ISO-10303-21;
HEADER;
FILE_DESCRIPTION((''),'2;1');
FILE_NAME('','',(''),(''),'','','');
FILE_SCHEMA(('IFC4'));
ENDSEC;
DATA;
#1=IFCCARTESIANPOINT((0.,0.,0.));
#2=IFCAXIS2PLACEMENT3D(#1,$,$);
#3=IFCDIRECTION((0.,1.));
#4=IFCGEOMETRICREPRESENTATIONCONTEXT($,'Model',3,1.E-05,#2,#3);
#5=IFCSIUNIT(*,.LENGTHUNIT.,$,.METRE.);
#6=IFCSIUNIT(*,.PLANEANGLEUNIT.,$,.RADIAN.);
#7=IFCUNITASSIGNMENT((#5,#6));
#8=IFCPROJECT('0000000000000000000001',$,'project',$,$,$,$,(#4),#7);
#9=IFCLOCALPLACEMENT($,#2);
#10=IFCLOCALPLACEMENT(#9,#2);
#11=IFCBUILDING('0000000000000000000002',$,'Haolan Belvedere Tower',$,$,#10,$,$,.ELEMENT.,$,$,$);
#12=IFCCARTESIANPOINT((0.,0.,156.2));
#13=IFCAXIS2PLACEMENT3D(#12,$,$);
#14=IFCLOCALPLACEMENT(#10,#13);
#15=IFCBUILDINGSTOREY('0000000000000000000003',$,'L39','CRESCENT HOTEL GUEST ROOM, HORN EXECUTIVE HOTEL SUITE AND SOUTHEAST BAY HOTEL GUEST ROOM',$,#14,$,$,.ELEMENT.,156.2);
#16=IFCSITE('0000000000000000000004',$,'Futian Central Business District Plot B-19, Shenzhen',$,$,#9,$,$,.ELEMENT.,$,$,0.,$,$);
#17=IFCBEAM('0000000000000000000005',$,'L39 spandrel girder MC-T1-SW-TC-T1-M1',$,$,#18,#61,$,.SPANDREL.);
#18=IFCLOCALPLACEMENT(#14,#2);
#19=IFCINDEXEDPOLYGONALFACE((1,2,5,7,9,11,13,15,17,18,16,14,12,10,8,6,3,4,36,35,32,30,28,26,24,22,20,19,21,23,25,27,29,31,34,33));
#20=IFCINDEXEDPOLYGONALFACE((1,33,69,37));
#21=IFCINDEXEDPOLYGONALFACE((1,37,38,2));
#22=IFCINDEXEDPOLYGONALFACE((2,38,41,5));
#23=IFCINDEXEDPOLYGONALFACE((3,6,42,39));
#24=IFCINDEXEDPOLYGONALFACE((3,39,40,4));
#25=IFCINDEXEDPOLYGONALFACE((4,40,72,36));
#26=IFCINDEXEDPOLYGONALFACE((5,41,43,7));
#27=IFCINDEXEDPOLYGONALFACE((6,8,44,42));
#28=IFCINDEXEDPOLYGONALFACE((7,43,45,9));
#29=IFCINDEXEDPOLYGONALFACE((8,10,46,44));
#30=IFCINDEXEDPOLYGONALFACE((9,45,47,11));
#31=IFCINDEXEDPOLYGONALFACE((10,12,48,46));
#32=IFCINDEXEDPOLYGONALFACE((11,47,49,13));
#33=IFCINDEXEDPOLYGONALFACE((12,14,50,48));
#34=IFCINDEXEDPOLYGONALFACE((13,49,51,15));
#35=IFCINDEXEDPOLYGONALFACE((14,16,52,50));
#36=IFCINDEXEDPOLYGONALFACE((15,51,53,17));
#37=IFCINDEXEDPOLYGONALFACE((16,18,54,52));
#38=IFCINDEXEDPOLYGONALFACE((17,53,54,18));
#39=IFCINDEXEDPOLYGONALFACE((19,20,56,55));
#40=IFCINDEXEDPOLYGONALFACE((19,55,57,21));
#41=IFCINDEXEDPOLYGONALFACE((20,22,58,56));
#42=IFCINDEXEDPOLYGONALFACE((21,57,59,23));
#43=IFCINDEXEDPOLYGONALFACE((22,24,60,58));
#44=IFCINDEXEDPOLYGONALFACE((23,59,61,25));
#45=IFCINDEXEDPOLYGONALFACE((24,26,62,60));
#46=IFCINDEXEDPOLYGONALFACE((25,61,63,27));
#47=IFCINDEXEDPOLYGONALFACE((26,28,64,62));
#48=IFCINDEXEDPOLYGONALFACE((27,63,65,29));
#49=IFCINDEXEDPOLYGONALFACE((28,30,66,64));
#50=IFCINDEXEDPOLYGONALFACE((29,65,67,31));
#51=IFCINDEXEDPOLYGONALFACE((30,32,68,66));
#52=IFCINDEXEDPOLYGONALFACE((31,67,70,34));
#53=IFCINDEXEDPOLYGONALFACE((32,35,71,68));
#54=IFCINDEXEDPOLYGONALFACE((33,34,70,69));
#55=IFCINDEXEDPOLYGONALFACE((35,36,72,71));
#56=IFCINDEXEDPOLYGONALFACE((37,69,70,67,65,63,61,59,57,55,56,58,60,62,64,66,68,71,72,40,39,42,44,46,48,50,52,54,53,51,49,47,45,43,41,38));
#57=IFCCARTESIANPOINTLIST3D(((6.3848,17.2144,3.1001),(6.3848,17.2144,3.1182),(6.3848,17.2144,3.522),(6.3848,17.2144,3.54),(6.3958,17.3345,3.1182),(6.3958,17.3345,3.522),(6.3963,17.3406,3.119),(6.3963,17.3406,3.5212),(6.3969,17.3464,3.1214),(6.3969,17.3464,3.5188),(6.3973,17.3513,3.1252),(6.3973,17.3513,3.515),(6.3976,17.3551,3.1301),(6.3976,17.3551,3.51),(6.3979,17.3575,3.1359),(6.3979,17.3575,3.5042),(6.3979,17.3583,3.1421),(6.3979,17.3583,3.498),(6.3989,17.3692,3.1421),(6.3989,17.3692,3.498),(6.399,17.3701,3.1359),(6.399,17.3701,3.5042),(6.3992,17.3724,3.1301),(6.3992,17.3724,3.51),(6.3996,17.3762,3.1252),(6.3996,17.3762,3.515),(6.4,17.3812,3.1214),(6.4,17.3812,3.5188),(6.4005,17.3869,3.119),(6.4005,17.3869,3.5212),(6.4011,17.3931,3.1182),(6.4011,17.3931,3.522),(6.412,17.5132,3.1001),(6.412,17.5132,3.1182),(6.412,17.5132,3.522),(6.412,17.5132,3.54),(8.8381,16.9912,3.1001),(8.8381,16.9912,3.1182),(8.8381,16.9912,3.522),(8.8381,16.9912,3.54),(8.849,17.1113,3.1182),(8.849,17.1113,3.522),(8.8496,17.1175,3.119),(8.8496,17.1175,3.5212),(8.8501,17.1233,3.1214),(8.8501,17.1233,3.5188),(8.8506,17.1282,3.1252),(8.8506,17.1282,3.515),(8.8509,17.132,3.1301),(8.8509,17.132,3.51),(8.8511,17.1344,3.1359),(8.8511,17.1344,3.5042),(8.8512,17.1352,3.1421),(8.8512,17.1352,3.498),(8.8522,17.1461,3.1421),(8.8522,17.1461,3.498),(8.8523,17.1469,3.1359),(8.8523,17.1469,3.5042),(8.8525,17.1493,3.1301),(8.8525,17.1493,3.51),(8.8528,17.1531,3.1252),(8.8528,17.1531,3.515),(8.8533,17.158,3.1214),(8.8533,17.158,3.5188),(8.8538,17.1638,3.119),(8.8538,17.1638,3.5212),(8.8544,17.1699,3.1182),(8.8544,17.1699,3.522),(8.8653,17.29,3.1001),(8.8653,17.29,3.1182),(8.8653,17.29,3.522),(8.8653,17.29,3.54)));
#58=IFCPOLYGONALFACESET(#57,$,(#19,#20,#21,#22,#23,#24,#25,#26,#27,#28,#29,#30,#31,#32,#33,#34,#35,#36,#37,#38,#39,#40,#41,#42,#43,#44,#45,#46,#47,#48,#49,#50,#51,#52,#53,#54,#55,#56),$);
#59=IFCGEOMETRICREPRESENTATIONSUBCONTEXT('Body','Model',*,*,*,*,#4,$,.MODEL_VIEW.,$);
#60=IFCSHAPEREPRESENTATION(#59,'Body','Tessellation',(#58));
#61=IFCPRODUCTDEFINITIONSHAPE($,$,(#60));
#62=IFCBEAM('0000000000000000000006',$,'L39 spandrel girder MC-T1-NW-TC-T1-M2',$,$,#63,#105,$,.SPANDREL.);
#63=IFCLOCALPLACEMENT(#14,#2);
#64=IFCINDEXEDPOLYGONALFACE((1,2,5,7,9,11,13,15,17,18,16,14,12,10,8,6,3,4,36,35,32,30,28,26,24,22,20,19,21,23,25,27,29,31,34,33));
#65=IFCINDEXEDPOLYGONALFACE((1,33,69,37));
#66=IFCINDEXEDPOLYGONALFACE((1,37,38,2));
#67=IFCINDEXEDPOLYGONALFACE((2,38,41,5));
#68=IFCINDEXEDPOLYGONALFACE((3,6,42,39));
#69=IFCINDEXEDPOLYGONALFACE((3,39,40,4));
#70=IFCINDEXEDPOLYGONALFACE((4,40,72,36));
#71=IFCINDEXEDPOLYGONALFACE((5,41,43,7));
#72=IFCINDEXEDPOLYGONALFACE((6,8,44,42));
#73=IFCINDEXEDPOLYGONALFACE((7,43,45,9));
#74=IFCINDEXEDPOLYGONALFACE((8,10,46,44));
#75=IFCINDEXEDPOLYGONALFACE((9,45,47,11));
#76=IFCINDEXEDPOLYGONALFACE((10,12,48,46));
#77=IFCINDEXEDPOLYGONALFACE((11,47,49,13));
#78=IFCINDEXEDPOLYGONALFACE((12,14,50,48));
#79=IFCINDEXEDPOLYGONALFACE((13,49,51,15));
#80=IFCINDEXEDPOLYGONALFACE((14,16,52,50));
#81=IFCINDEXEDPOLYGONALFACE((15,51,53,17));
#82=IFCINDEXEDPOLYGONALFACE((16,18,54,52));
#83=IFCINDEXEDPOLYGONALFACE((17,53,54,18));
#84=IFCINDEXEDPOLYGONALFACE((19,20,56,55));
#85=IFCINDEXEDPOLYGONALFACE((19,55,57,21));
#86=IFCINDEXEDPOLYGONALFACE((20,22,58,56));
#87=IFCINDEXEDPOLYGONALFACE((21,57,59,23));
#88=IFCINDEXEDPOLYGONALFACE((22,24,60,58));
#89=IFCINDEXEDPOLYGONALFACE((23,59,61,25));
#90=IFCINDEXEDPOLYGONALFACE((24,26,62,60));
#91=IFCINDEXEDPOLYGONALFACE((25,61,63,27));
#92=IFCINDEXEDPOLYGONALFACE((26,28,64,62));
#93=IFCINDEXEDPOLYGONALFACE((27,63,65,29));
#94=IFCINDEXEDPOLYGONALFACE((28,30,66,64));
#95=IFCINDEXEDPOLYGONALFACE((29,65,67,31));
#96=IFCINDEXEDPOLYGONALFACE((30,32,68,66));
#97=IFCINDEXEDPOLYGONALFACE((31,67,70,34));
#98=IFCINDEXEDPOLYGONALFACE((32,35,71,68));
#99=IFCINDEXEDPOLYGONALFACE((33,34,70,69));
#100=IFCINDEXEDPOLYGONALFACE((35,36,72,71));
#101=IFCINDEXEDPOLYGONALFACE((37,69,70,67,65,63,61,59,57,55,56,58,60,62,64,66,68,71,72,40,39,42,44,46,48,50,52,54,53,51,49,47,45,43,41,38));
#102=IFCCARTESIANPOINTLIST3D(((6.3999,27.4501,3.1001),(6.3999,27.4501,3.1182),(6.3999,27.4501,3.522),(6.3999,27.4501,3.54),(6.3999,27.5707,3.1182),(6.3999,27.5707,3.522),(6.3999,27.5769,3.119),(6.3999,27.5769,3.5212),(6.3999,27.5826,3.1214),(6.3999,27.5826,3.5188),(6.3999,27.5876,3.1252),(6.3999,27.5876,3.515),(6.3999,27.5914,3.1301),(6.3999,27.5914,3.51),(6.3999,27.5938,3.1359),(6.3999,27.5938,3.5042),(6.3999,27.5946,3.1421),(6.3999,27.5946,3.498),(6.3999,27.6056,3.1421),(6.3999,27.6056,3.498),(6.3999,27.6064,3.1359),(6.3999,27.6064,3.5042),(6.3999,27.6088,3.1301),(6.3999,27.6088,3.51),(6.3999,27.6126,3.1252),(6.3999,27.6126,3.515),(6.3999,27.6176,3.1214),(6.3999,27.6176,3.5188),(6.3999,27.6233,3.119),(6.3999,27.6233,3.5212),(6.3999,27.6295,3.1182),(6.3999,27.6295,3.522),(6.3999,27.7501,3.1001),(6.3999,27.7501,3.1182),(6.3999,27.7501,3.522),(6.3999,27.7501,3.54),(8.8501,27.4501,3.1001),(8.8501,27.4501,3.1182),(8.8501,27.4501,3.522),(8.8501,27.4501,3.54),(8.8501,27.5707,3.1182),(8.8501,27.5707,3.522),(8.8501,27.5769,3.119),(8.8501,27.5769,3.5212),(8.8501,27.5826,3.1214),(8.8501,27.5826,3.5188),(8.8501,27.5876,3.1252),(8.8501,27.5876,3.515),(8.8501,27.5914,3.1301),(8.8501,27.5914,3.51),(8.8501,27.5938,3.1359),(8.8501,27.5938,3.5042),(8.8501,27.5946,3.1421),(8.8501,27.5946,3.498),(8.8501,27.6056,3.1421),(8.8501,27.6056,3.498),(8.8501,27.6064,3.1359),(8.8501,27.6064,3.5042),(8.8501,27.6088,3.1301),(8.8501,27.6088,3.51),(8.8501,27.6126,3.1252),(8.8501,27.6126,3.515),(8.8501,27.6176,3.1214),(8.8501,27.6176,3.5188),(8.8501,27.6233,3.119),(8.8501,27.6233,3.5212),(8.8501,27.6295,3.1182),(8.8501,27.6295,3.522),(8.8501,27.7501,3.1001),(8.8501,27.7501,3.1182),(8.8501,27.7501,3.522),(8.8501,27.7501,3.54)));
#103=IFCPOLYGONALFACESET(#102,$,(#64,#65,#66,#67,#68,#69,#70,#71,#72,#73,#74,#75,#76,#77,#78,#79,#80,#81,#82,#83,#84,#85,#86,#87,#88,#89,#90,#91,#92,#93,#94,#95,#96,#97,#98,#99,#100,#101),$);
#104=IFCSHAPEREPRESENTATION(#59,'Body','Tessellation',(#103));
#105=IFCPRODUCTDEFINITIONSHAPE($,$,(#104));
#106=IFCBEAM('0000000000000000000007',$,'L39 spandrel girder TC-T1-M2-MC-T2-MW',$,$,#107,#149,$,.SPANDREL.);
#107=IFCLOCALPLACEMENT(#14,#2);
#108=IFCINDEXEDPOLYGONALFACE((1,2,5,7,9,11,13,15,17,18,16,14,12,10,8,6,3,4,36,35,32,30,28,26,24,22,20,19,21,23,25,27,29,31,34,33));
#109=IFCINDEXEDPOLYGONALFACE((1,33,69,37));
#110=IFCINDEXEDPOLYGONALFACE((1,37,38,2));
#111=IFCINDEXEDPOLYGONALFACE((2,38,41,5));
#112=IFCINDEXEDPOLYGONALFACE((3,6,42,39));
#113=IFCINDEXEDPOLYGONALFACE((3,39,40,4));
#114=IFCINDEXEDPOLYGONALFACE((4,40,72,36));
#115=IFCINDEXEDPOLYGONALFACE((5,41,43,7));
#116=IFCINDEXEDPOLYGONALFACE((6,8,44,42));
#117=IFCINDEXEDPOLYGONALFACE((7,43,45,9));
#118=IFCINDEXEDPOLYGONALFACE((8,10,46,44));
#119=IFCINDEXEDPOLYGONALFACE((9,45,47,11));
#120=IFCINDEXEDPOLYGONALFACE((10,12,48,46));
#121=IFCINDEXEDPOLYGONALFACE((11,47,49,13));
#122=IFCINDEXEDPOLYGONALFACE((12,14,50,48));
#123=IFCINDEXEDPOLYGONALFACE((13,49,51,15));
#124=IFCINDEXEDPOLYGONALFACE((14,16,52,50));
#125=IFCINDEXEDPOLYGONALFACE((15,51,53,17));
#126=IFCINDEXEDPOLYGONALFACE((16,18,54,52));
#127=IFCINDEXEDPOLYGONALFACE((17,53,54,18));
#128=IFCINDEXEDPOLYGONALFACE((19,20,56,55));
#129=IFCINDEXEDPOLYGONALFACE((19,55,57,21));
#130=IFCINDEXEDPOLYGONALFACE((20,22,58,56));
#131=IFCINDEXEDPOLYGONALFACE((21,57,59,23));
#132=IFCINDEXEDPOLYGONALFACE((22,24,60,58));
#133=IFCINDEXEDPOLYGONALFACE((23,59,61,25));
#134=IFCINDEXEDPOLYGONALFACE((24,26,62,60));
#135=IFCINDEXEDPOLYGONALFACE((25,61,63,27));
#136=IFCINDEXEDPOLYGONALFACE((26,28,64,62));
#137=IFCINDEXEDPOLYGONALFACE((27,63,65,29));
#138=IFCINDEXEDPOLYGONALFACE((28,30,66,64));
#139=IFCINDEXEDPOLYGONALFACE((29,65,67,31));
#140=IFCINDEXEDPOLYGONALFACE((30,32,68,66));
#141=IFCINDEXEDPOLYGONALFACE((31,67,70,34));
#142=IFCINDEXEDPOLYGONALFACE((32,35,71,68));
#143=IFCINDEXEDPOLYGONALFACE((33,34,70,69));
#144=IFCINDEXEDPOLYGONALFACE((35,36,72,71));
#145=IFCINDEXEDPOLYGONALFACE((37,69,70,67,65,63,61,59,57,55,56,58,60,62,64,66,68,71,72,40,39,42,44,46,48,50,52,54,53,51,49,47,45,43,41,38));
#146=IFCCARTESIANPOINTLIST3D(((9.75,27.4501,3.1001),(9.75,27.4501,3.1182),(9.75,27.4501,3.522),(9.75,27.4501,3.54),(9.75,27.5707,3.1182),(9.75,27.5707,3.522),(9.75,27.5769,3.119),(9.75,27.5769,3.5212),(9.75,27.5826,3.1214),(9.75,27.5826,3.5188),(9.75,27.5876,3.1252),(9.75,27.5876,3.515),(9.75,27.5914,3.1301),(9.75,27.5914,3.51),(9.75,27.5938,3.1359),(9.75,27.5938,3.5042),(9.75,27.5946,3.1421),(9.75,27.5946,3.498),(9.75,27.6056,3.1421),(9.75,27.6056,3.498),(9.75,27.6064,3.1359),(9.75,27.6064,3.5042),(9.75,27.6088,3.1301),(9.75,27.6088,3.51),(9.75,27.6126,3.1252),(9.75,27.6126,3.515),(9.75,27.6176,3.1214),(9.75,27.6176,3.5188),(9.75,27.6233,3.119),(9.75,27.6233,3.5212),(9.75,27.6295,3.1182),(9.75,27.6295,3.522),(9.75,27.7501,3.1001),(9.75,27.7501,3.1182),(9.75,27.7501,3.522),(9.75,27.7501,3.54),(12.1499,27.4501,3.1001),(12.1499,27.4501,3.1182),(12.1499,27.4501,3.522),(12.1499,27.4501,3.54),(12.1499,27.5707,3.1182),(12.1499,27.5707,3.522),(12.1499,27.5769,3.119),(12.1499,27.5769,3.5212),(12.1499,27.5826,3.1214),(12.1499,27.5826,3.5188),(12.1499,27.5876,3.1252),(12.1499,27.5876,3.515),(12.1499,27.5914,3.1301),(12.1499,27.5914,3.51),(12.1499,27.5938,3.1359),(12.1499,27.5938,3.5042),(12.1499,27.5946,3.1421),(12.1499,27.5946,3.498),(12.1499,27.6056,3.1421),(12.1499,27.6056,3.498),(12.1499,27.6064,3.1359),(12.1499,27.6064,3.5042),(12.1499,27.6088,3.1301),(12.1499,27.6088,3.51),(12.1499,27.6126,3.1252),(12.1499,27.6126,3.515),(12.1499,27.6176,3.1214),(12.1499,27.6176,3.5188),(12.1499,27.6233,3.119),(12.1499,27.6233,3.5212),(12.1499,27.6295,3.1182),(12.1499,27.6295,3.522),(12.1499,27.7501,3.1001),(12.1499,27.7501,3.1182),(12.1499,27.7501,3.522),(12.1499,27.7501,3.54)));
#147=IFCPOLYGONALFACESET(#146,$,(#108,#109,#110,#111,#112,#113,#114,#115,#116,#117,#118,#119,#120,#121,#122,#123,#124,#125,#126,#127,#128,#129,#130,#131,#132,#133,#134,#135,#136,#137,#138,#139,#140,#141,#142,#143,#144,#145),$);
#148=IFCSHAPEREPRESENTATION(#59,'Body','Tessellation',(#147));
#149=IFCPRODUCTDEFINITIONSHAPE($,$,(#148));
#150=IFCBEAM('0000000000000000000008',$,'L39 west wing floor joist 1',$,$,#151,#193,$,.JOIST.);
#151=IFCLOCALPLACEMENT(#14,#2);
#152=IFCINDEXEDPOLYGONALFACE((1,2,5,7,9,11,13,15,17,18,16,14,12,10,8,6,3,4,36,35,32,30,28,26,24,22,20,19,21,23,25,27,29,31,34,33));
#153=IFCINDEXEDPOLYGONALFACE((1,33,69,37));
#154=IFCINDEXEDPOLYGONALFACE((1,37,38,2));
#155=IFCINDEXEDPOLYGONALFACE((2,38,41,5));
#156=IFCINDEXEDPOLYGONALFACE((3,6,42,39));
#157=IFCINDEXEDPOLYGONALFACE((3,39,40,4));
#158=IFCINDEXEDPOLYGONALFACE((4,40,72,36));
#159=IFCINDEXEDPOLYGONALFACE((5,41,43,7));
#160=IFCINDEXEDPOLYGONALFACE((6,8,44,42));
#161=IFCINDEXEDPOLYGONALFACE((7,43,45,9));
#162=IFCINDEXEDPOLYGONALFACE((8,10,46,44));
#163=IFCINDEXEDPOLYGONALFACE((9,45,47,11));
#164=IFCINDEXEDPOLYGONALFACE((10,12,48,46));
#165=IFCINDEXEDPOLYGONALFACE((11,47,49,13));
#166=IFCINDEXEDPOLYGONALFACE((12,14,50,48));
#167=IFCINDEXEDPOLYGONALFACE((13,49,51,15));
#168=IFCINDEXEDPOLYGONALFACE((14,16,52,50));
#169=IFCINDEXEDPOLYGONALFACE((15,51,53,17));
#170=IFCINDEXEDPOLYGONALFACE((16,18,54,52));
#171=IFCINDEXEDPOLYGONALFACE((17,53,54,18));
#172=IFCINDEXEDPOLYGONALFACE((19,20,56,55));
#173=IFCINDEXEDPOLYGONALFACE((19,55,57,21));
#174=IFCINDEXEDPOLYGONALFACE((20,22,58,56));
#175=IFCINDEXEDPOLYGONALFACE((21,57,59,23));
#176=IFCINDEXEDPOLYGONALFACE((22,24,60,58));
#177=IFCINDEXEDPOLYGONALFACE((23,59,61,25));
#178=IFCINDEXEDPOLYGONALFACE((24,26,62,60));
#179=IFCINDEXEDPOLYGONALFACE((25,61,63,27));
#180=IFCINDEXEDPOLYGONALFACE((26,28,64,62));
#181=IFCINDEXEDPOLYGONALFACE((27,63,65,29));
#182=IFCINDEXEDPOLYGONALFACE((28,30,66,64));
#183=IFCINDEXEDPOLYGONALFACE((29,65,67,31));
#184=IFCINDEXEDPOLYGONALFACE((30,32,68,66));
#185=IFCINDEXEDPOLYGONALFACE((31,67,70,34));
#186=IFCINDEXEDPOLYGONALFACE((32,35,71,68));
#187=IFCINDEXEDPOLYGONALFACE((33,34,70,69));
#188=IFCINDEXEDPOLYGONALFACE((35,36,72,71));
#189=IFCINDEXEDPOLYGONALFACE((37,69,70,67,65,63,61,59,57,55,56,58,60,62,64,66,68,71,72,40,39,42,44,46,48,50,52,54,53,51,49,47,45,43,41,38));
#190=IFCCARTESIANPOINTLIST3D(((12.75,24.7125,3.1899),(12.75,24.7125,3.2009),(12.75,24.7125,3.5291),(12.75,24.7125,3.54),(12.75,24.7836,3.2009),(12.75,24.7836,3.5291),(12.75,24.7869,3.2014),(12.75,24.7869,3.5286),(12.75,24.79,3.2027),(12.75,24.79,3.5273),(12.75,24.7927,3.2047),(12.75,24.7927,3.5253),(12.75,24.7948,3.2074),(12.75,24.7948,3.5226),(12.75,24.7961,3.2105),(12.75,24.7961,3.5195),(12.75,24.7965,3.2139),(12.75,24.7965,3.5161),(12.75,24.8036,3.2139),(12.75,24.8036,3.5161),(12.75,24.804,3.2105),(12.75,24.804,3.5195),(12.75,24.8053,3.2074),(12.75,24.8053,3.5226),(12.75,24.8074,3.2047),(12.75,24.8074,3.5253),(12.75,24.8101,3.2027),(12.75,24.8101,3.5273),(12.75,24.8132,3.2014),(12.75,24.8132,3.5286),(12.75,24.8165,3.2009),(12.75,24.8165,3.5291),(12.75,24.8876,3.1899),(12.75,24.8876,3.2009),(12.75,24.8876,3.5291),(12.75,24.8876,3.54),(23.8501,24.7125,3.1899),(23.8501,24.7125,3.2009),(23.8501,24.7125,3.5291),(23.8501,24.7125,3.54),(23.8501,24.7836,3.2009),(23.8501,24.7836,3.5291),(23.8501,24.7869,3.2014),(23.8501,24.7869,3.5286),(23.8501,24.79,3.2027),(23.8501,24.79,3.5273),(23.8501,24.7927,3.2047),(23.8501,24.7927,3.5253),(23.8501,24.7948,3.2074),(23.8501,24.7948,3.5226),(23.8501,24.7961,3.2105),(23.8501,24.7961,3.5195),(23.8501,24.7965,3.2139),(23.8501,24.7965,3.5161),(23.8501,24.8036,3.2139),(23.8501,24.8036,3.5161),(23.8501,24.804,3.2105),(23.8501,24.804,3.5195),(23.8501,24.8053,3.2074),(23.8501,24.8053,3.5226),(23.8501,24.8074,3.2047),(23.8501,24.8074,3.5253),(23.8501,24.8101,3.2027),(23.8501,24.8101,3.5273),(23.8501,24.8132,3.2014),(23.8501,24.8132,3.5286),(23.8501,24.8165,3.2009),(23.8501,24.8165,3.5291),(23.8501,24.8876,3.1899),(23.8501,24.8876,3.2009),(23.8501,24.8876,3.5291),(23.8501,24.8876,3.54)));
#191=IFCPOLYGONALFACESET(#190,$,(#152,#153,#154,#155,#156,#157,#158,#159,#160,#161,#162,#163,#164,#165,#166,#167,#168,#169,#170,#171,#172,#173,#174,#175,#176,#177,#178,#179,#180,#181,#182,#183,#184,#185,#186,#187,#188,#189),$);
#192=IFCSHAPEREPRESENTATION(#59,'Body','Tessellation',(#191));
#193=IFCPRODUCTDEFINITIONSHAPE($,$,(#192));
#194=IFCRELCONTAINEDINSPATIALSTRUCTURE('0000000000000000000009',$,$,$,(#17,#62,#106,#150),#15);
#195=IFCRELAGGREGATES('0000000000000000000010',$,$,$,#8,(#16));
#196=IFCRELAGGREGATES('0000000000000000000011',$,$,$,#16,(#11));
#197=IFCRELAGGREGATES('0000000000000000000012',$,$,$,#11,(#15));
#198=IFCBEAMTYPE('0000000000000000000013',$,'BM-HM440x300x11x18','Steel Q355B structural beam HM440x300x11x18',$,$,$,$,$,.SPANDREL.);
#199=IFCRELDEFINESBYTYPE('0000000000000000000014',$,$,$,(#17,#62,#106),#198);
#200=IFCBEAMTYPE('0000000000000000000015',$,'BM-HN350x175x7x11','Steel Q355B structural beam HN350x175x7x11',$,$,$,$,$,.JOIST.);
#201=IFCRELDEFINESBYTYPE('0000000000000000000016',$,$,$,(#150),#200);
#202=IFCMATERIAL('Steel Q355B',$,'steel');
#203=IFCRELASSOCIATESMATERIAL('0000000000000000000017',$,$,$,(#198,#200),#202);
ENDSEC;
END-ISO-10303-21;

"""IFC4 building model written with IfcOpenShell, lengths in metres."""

from ifc_helpers import new_model, si_unit, direction, frame, origin, origin_2d, place, context, subcontext, project, spatial, i_section, extrude, material, material_profile, profile_set, type_object, element, save


model = new_model("IFC4")

# Units and contexts
model_context = context("Model", 3, precision=1e-05, world=origin(), true_north=direction((0.0, 1.0)))
body_context = subcontext(model_context, "Body", "Model", "MODEL_VIEW")
ifc_project = project(units=[si_unit("LENGTHUNIT", "METRE"), si_unit("PLANEANGLEUNIT", "RADIAN")], contexts=[model_context])

# Site, building, storey
site_placement = place(None, origin())
site = spatial("IfcSite", under=ifc_project, at=site_placement, Name="Futian Central Business District Plot B-19, Shenzhen", CompositionType="ELEMENT", RefElevation=0.0)
building_placement = place(site_placement, origin())
building = spatial("IfcBuilding", under=site, at=building_placement, Name="Haolan Belvedere Tower", CompositionType="ELEMENT")
storey_placement = place(building_placement, frame((0.0, 0.0, 156.2)))
storey = spatial("IfcBuildingStorey", under=building, at=storey_placement, Name="L39", Description="CRESCENT HOTEL GUEST ROOM, HORN EXECUTIVE HOTEL SUITE AND SOUTHEAST BAY HOTEL GUEST ROOM", CompositionType="ELEMENT", Elevation=156.2)

# Beams
ifc_material_1 = material(Name="Steel Q355B", Category="steel")
ifc_material_profile_1 = material_profile(ifc_material_1, i_section(OverallWidth=0.3, OverallDepth=0.4399, WebThickness=0.011, FlangeThickness=0.0181, FilletRadius=0.0239, at=origin_2d()), Name="Steel Q355B")
ifc_profile_set_1 = profile_set([ifc_material_profile_1], Name="Steel Q355B")
beam_type_1 = type_object("IfcBeamType", Name="BM-HM440x300x11x18", Description="Steel Q355B structural beam HM440x300x11x18", PredefinedType="SPANDREL", material=ifc_profile_set_1)
beam_1_placement = place(storey_placement, frame((6.3984, 17.3638, 3.3201), z_axis=(0.995889, -0.09058, 0.0), x_axis=(0.09058, 0.995889, 0.0)))
element("IfcBeam", 1, at=beam_1_placement, inside=storey, type_object=beam_type_1, Name="L39 spandrel girder MC-T1-SW-TC-T1-M1", PredefinedType="SPANDREL", context=body_context, shape_type="SweptSolid", body=[
    extrude(i_section(OverallWidth=0.3, OverallDepth=0.4399, WebThickness=0.011, FlangeThickness=0.0181, FilletRadius=0.0239, at=origin_2d()), origin(), (0.0, 0.0, 1.0), 2.4634),
])
beam_2_placement = place(storey_placement, frame((6.3999, 27.6001, 3.3201), z_axis=(1.0, 0.0, 0.0), x_axis=(0.0, 1.0, 0.0)))
element("IfcBeam", 2, at=beam_2_placement, inside=storey, type_object=beam_type_1, Name="L39 spandrel girder MC-T1-NW-TC-T1-M2", PredefinedType="SPANDREL", context=body_context, shape_type="SweptSolid", body=[
    extrude(i_section(OverallWidth=0.3, OverallDepth=0.4399, WebThickness=0.011, FlangeThickness=0.0181, FilletRadius=0.0239, at=origin_2d()), origin(), (0.0, 0.0, 1.0), 2.4502),
])
beam_3_placement = place(storey_placement, frame((9.75, 27.6001, 3.3201), z_axis=(1.0, 0.0, 0.0), x_axis=(0.0, 1.0, 0.0)))
element("IfcBeam", 3, at=beam_3_placement, inside=storey, type_object=beam_type_1, Name="L39 spandrel girder TC-T1-M2-MC-T2-MW", PredefinedType="SPANDREL", context=body_context, shape_type="SweptSolid", body=[
    extrude(i_section(OverallWidth=0.3, OverallDepth=0.4399, WebThickness=0.011, FlangeThickness=0.0181, FilletRadius=0.0239, at=origin_2d()), origin(), (0.0, 0.0, 1.0), 2.3999),
])
ifc_material_profile_2 = material_profile(ifc_material_1, i_section(OverallWidth=0.175, OverallDepth=0.3501, WebThickness=0.0071, FlangeThickness=0.011, FilletRadius=0.0129, at=origin_2d()), Name="Steel Q355B")
ifc_profile_set_2 = profile_set([ifc_material_profile_2], Name="Steel Q355B")
beam_type_2 = type_object("IfcBeamType", Name="BM-HN350x175x7x11", Description="Steel Q355B structural beam HN350x175x7x11", PredefinedType="JOIST", material=ifc_profile_set_2)
beam_4_placement = place(storey_placement, frame((12.75, 24.8, 3.365), z_axis=(1.0, 0.0, 0.0), x_axis=(0.0, 1.0, 0.0)))
element("IfcBeam", 4, at=beam_4_placement, inside=storey, type_object=beam_type_2, Name="L39 west wing floor joist 1", PredefinedType="JOIST", context=body_context, shape_type="SweptSolid", body=[
    extrude(i_section(OverallWidth=0.175, OverallDepth=0.3501, WebThickness=0.0071, FlangeThickness=0.011, FilletRadius=0.0129, at=origin_2d()), origin(), (0.0, 0.0, 1.0), 11.1001),
])

save(model, "model.ifc")
